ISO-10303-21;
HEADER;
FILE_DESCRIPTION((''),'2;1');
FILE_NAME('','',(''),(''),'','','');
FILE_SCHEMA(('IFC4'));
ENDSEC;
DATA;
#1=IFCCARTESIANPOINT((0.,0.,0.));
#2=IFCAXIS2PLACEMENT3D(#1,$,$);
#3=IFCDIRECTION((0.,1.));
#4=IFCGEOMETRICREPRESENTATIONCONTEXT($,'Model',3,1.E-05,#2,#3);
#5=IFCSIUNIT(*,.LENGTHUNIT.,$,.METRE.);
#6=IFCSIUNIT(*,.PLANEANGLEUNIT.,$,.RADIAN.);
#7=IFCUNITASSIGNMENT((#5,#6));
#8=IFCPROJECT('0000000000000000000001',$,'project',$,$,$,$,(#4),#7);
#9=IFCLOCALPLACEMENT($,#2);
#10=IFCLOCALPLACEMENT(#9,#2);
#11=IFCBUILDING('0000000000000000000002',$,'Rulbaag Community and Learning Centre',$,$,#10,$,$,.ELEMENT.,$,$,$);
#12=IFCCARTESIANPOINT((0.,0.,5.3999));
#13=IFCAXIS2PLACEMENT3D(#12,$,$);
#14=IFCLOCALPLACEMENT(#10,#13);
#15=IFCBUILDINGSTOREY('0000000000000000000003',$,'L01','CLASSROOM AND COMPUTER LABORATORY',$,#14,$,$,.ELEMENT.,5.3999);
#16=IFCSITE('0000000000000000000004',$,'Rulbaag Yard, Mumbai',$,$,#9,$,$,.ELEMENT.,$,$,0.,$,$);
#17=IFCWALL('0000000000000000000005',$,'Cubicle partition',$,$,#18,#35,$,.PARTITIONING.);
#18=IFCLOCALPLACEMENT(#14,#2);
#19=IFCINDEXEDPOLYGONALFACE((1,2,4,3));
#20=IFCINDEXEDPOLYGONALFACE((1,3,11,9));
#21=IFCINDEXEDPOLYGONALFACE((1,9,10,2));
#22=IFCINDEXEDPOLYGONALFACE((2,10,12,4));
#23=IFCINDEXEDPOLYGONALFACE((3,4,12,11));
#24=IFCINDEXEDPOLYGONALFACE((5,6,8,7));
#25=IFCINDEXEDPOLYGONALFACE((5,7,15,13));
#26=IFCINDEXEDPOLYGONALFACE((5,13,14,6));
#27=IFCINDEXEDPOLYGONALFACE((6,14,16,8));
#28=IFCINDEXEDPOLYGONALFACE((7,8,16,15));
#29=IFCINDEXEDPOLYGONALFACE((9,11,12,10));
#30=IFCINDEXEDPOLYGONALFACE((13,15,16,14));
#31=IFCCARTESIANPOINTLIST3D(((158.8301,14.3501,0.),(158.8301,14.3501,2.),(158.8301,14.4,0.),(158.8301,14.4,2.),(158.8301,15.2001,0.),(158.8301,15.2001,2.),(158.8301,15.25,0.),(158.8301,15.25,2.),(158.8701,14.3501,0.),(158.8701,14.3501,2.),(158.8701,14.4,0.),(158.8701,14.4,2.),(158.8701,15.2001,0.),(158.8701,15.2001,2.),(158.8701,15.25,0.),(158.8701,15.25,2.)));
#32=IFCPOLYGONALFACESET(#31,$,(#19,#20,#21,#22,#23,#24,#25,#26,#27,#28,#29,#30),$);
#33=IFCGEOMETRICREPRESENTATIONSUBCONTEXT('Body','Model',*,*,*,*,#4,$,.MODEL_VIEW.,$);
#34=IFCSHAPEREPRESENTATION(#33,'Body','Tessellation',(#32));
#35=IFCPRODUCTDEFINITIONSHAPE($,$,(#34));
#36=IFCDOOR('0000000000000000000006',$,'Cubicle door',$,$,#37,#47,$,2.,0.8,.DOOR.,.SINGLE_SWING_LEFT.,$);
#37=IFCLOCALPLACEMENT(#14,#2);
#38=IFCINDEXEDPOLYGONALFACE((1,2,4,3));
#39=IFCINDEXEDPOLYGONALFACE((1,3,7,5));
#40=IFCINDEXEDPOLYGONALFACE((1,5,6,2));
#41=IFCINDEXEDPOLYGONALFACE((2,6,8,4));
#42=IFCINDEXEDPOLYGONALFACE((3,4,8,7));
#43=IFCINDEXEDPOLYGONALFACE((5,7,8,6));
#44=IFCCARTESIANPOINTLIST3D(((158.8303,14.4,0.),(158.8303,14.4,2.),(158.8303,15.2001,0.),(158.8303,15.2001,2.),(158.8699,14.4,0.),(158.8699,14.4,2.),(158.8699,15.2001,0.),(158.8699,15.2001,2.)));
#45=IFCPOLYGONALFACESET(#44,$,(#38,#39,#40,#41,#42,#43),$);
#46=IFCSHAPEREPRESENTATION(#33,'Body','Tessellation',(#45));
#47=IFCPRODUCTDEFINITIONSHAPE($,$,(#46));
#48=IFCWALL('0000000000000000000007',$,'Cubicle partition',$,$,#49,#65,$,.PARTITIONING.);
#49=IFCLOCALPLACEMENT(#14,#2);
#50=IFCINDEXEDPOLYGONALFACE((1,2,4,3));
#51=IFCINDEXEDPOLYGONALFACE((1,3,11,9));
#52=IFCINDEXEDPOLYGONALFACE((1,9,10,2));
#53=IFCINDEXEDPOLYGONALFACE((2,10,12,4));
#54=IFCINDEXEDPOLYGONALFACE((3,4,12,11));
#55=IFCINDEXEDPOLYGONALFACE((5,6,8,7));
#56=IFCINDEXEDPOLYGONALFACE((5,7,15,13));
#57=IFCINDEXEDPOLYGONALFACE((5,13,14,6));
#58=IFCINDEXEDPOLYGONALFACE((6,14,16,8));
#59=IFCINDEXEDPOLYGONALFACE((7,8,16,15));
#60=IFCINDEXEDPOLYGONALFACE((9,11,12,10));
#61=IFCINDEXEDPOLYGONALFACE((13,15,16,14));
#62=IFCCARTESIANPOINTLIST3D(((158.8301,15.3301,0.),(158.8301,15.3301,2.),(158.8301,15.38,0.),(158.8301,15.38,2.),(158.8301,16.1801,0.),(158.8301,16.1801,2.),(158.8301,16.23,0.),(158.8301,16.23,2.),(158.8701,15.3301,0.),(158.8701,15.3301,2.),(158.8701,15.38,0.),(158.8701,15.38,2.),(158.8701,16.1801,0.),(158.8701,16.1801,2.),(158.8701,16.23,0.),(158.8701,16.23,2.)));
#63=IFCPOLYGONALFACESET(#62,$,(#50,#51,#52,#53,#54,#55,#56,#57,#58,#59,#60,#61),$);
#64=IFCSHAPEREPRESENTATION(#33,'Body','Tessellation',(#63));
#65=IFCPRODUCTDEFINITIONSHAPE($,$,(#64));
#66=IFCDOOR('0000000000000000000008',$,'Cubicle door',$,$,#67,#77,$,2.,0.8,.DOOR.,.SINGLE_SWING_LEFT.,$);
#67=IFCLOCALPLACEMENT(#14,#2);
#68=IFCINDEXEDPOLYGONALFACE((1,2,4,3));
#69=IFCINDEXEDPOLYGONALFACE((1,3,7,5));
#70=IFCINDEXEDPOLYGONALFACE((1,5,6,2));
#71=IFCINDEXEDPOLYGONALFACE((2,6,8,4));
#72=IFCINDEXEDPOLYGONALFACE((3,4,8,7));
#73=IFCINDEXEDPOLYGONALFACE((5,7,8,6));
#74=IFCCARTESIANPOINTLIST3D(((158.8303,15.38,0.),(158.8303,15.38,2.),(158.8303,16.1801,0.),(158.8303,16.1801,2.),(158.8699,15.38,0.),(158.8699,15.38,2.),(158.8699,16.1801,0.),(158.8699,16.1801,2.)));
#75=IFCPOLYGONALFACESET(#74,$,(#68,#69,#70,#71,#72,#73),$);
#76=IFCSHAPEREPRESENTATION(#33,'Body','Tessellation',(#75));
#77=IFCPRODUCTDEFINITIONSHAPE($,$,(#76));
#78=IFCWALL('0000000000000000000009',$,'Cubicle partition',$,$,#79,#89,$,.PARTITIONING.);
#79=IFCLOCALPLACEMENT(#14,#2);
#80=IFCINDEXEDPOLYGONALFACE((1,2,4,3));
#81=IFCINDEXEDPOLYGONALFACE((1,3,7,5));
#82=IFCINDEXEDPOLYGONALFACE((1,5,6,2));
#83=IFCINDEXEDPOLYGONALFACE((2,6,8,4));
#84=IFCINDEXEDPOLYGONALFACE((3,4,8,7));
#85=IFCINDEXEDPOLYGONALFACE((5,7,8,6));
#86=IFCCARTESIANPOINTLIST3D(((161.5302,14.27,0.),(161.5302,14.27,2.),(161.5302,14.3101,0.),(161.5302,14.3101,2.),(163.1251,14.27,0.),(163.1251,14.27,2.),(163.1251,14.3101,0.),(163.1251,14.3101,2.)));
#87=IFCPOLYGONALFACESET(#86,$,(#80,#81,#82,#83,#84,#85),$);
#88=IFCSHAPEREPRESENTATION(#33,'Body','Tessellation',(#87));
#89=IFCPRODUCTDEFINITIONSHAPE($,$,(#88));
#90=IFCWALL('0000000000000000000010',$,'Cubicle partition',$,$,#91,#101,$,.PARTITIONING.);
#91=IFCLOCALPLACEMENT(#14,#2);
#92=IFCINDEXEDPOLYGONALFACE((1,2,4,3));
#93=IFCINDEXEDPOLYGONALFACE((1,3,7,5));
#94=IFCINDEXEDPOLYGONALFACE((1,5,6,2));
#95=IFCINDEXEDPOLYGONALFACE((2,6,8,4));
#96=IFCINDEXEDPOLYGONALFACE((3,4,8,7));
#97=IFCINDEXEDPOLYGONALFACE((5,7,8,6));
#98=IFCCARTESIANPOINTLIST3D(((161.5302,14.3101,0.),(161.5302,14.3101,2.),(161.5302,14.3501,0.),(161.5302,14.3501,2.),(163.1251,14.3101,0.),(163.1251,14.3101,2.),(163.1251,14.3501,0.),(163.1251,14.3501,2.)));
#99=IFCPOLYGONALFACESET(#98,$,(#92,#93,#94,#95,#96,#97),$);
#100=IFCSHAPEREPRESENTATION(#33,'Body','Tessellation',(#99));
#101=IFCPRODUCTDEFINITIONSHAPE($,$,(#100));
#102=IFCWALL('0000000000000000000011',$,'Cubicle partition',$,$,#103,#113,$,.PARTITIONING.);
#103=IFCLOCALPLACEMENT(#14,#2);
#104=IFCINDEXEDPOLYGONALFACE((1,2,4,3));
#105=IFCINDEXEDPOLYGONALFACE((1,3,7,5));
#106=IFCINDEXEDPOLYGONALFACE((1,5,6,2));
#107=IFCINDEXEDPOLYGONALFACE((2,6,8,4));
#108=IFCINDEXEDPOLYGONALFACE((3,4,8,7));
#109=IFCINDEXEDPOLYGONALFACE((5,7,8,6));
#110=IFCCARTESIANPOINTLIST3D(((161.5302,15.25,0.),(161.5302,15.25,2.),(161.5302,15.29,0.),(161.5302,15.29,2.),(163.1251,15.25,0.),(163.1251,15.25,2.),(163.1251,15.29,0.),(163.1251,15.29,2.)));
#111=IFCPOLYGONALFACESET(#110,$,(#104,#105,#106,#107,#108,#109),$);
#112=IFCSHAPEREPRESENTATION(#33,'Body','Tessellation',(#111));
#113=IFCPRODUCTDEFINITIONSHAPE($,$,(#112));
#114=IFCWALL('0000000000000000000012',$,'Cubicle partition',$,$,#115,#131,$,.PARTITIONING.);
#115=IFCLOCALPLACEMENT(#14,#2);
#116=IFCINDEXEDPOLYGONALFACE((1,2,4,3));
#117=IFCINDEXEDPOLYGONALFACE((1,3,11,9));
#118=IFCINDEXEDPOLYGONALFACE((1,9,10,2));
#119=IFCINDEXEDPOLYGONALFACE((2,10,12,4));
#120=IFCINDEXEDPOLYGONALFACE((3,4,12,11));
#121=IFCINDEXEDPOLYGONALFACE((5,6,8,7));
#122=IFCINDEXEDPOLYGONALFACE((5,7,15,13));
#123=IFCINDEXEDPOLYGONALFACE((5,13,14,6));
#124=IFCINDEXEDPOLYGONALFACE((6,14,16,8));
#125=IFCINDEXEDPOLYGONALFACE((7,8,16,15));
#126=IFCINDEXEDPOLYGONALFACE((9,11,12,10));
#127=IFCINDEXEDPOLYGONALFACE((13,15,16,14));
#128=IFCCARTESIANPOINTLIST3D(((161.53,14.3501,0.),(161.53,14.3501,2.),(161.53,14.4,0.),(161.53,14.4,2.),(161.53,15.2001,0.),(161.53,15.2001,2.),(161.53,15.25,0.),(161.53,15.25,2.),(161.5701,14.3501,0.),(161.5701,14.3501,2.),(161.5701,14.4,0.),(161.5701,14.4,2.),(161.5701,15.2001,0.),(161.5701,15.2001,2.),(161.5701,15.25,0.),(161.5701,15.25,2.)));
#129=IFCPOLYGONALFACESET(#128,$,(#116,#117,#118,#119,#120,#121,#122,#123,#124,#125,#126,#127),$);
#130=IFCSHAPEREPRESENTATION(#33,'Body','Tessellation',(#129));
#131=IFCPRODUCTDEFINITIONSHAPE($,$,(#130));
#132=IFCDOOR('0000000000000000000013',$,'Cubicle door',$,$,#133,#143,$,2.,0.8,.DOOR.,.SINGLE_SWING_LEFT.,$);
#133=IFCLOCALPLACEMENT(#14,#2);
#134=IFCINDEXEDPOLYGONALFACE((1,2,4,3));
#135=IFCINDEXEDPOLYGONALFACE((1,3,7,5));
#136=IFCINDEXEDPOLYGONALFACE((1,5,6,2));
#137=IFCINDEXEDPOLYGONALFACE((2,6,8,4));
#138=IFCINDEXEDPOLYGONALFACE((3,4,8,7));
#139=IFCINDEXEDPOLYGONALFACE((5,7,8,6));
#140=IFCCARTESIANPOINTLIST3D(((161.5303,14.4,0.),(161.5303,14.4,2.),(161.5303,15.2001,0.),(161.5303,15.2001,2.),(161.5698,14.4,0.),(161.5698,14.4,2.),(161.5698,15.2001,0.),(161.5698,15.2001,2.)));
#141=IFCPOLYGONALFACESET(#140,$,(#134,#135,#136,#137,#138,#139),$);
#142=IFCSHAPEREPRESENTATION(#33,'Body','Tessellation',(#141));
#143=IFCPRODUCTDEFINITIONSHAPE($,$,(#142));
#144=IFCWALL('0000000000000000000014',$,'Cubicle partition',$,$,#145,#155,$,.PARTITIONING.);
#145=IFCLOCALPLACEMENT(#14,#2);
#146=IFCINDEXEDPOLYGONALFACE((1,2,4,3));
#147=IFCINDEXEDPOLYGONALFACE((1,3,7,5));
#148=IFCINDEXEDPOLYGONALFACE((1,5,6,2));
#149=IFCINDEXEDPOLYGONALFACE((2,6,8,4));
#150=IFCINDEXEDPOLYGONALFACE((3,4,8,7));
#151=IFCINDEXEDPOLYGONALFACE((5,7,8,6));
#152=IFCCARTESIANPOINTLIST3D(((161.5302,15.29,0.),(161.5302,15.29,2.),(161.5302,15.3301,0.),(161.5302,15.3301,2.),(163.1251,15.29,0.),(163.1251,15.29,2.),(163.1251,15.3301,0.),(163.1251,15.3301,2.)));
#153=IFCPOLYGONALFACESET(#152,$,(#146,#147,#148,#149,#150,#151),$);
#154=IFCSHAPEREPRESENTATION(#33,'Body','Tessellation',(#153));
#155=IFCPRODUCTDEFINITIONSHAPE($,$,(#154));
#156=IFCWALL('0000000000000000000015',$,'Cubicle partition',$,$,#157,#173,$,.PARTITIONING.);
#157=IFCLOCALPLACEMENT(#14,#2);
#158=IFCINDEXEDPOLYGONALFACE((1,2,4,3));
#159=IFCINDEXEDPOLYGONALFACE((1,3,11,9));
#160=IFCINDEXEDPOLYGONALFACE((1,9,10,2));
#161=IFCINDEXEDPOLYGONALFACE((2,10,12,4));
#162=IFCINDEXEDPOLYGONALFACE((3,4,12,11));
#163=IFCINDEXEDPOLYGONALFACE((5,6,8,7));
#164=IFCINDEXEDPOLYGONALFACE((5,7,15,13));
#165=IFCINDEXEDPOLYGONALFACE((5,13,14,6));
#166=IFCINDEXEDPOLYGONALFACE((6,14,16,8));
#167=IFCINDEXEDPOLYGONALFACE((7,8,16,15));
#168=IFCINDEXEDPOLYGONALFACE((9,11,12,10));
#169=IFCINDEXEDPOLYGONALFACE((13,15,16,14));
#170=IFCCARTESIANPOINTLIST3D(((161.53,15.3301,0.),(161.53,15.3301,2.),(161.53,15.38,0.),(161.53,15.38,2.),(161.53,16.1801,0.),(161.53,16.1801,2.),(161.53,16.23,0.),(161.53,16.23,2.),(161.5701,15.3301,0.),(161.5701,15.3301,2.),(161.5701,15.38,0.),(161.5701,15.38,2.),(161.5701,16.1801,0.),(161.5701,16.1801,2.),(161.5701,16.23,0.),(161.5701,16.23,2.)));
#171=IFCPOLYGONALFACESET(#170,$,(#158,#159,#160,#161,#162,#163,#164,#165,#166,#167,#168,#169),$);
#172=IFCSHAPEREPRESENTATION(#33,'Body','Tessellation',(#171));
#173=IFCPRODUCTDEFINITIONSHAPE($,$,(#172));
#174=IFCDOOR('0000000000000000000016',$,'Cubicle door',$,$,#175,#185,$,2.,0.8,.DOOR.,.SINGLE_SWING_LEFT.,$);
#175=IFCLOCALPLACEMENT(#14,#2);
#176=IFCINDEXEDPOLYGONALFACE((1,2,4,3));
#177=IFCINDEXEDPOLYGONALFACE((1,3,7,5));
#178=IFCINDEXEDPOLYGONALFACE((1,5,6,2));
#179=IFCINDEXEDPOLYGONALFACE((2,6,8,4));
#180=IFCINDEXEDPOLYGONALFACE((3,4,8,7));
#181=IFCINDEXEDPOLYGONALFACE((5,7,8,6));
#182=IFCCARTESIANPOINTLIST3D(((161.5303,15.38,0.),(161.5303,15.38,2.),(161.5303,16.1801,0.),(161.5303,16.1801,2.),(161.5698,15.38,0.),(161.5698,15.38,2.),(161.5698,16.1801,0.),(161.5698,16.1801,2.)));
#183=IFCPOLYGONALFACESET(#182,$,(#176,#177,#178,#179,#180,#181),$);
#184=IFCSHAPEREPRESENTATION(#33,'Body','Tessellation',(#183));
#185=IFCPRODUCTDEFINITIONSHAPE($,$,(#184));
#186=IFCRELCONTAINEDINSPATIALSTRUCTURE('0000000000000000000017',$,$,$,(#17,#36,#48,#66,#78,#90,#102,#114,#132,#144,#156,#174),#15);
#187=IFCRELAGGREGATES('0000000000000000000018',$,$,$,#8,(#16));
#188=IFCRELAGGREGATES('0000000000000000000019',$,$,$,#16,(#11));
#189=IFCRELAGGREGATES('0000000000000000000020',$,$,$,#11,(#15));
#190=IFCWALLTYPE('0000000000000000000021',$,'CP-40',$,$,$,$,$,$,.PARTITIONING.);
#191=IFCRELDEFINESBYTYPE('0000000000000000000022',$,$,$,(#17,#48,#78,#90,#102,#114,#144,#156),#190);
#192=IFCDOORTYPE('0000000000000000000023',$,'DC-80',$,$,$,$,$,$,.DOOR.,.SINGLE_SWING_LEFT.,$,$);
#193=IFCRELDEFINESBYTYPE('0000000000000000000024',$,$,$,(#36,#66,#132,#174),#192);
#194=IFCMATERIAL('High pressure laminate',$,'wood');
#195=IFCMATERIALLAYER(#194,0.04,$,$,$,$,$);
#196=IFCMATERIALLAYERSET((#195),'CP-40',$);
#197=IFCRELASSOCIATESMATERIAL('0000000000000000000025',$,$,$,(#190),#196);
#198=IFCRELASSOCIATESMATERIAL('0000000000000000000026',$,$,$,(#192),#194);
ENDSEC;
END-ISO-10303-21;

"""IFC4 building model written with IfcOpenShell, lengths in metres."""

from ifc_helpers import new_model, si_unit, direction, frame, frame_2d, origin, place, context, subcontext, project, spatial, rectangle, extrude, material, layer, layer_set, type_object, element, fill, save


model = new_model("IFC4")

# Units and contexts
model_context = context("Model", 3, precision=1e-05, world=origin(), true_north=direction((0.0, 1.0)))
body_context = subcontext(model_context, "Body", "Model", "MODEL_VIEW")
ifc_project = project(units=[si_unit("LENGTHUNIT", "METRE"), si_unit("PLANEANGLEUNIT", "RADIAN")], contexts=[model_context])

# Site, building, storey
site_placement = place(None, origin())
site = spatial("IfcSite", under=ifc_project, at=site_placement, Name="Rulbaag Yard, Mumbai", CompositionType="ELEMENT", RefElevation=0.0)
building_placement = place(site_placement, origin())
building = spatial("IfcBuilding", under=site, at=building_placement, Name="Rulbaag Community and Learning Centre", CompositionType="ELEMENT")
storey_placement = place(building_placement, frame((0.0, 0.0, 5.3999)))
storey = spatial("IfcBuildingStorey", under=building, at=storey_placement, Name="L01", Description="CLASSROOM AND COMPUTER LABORATORY", CompositionType="ELEMENT", Elevation=5.3999)

# Walls, openings, doors
ifc_material_1 = material(Name="High pressure laminate", Category="wood")
ifc_layer = layer(ifc_material_1, 0.04)
ifc_layer_set = layer_set([ifc_layer], Name="CP-40")
wall_type = type_object("IfcWallType", Name="CP-40", PredefinedType="PARTITIONING", material=ifc_layer_set)
wall_1_placement = place(storey_placement, frame((158.8501, 14.3501, 0.0), z_axis=(0.0, 0.0, 1.0), x_axis=(0.0, 1.0, 0.0)))
wall_1 = element("IfcWall", 1, at=wall_1_placement, inside=storey, type_object=wall_type, Name="Cubicle partition", PredefinedType="PARTITIONING", context=body_context, shape_type="SweptSolid", body=[
    extrude(rectangle(XDim=0.8999, YDim=0.04, at=frame_2d((0.45, 0.0))), origin(), (0.0, 0.0, 1.0), 2.0),
])
opening_1_placement = place(wall_1_placement, frame((0.05, 0.0, 0.0)))
opening_1 = element("IfcOpeningElement", 2, at=opening_1_placement, cuts=wall_1, PredefinedType="OPENING", context=body_context, shape_type="SweptSolid", body=[
    extrude(rectangle(XDim=0.8, YDim=2.0, at=frame_2d((0.3999, 1.0))), frame((0.0, 0.03, 0.0), z_axis=(0.0, -1.0, 0.0), x_axis=(1.0, 0.0, 0.0)), (0.0, 0.0, 1.0), 0.0601),
])
door_type = type_object("IfcDoorType", Name="DC-80", OperationType="SINGLE_SWING_LEFT", PredefinedType="DOOR", material=ifc_material_1)
door_1_placement = place(opening_1_placement, origin())
door_1 = element("IfcDoor", 3, at=door_1_placement, inside=storey, type_object=door_type, Name="Cubicle door", OperationType="SINGLE_SWING_LEFT", OverallHeight=2.0, OverallWidth=0.8, PredefinedType="DOOR", context=body_context, shape_type="SweptSolid", body=[
    extrude(rectangle(XDim=0.8, YDim=2.0, at=frame_2d((0.3999, 1.0))), frame((0.0, 0.0198, 0.0), z_axis=(0.0, -1.0, 0.0), x_axis=(1.0, 0.0, 0.0)), (0.0, 0.0, 1.0), 0.0396),
])
fill(opening_1, door_1)
wall_2_placement = place(storey_placement, frame((158.8501, 15.3301, 0.0), z_axis=(0.0, 0.0, 1.0), x_axis=(0.0, 1.0, 0.0)))
wall_2 = element("IfcWall", 4, at=wall_2_placement, inside=storey, type_object=wall_type, Name="Cubicle partition", PredefinedType="PARTITIONING", context=body_context, shape_type="SweptSolid", body=[
    extrude(rectangle(XDim=0.8999, YDim=0.04, at=frame_2d((0.45, 0.0))), origin(), (0.0, 0.0, 1.0), 2.0),
])
opening_2_placement = place(wall_2_placement, frame((0.05, 0.0, 0.0)))
opening_2 = element("IfcOpeningElement", 5, at=opening_2_placement, cuts=wall_2, PredefinedType="OPENING", context=body_context, shape_type="SweptSolid", body=[
    extrude(rectangle(XDim=0.8, YDim=2.0, at=frame_2d((0.3999, 1.0))), frame((0.0, 0.03, 0.0), z_axis=(0.0, -1.0, 0.0), x_axis=(1.0, 0.0, 0.0)), (0.0, 0.0, 1.0), 0.0601),
])
door_2_placement = place(opening_2_placement, origin())
door_2 = element("IfcDoor", 6, at=door_2_placement, inside=storey, type_object=door_type, Name="Cubicle door", OperationType="SINGLE_SWING_LEFT", OverallHeight=2.0, OverallWidth=0.8, PredefinedType="DOOR", context=body_context, shape_type="SweptSolid", body=[
    extrude(rectangle(XDim=0.8, YDim=2.0, at=frame_2d((0.3999, 1.0))), frame((0.0, 0.0198, 0.0), z_axis=(0.0, -1.0, 0.0), x_axis=(1.0, 0.0, 0.0)), (0.0, 0.0, 1.0), 0.0396),
])
fill(opening_2, door_2)

# Walls
for number, where, z_axis, x_axis, name in (
    (7, (163.125, 14.29, 0.0), (0.0, 0.0, 1.0), (-1.0, 0.0, 0.0), "Cubicle partition"),
    (8, (163.125, 14.3301, 0.0), (0.0, 0.0, 1.0), (-1.0, 0.0, 0.0), "Cubicle partition"),
    (9, (163.125, 15.27, 0.0), (0.0, 0.0, 1.0), (-1.0, 0.0, 0.0), "Cubicle partition"),
):
    element("IfcWall", number, at=place(storey_placement, frame(where, z_axis=z_axis, x_axis=x_axis)), inside=storey, type_object=wall_type, Name=name, PredefinedType="PARTITIONING", context=body_context, shape_type="SweptSolid", body=[
        extrude(rectangle(XDim=1.595, YDim=0.04, at=frame_2d((0.7974, 0.0))), origin(), (0.0, 0.0, 1.0), 2.0),
    ])

# Wall, opening, door
wall_3_placement = place(storey_placement, frame((161.55, 14.3501, 0.0), z_axis=(0.0, 0.0, 1.0), x_axis=(0.0, 1.0, 0.0)))
wall_3 = element("IfcWall", 10, at=wall_3_placement, inside=storey, type_object=wall_type, Name="Cubicle partition", PredefinedType="PARTITIONING", context=body_context, shape_type="SweptSolid", body=[
    extrude(rectangle(XDim=0.8999, YDim=0.04, at=frame_2d((0.45, 0.0))), origin(), (0.0, 0.0, 1.0), 2.0),
])
opening_3_placement = place(wall_3_placement, frame((0.05, 0.0, 0.0)))
opening_3 = element("IfcOpeningElement", 11, at=opening_3_placement, cuts=wall_3, PredefinedType="OPENING", context=body_context, shape_type="SweptSolid", body=[
    extrude(rectangle(XDim=0.8, YDim=2.0, at=frame_2d((0.3999, 1.0))), frame((0.0, 0.03, 0.0), z_axis=(0.0, -1.0, 0.0), x_axis=(1.0, 0.0, 0.0)), (0.0, 0.0, 1.0), 0.0601),
])
door_3_placement = place(opening_3_placement, origin())
door_3 = element("IfcDoor", 12, at=door_3_placement, inside=storey, type_object=door_type, Name="Cubicle door", OperationType="SINGLE_SWING_LEFT", OverallHeight=2.0, OverallWidth=0.8, PredefinedType="DOOR", context=body_context, shape_type="SweptSolid", body=[
    extrude(rectangle(XDim=0.8, YDim=2.0, at=frame_2d((0.3999, 1.0))), frame((0.0, 0.0198, 0.0), z_axis=(0.0, -1.0, 0.0), x_axis=(1.0, 0.0, 0.0)), (0.0, 0.0, 1.0), 0.0396),
])
fill(opening_3, door_3)

# Wall
wall_4_placement = place(storey_placement, frame((163.125, 15.3101, 0.0), z_axis=(0.0, 0.0, 1.0), x_axis=(-1.0, 0.0, 0.0)))
element("IfcWall", 13, at=wall_4_placement, inside=storey, type_object=wall_type, Name="Cubicle partition", PredefinedType="PARTITIONING", context=body_context, shape_type="SweptSolid", body=[
    extrude(rectangle(XDim=1.595, YDim=0.04, at=frame_2d((0.7974, 0.0))), origin(), (0.0, 0.0, 1.0), 2.0),
])

# Wall, opening, door
wall_5_placement = place(storey_placement, frame((161.55, 15.3301, 0.0), z_axis=(0.0, 0.0, 1.0), x_axis=(0.0, 1.0, 0.0)))
wall_5 = element("IfcWall", 14, at=wall_5_placement, inside=storey, type_object=wall_type, Name="Cubicle partition", PredefinedType="PARTITIONING", context=body_context, shape_type="SweptSolid", body=[
    extrude(rectangle(XDim=0.8999, YDim=0.04, at=frame_2d((0.45, 0.0))), origin(), (0.0, 0.0, 1.0), 2.0),
])
opening_4_placement = place(wall_5_placement, frame((0.05, 0.0, 0.0)))
opening_4 = element("IfcOpeningElement", 15, at=opening_4_placement, cuts=wall_5, PredefinedType="OPENING", context=body_context, shape_type="SweptSolid", body=[
    extrude(rectangle(XDim=0.8, YDim=2.0, at=frame_2d((0.3999, 1.0))), frame((0.0, 0.03, 0.0), z_axis=(0.0, -1.0, 0.0), x_axis=(1.0, 0.0, 0.0)), (0.0, 0.0, 1.0), 0.0601),
])
door_4_placement = place(opening_4_placement, origin())
door_4 = element("IfcDoor", 16, at=door_4_placement, inside=storey, type_object=door_type, Name="Cubicle door", OperationType="SINGLE_SWING_LEFT", OverallHeight=2.0, OverallWidth=0.8, PredefinedType="DOOR", context=body_context, shape_type="SweptSolid", body=[
    extrude(rectangle(XDim=0.8, YDim=2.0, at=frame_2d((0.3999, 1.0))), frame((0.0, 0.0198, 0.0), z_axis=(0.0, -1.0, 0.0), x_axis=(1.0, 0.0, 0.0)), (0.0, 0.0, 1.0), 0.0396),
])
fill(opening_4, door_4)

save(model, "model.ifc")
